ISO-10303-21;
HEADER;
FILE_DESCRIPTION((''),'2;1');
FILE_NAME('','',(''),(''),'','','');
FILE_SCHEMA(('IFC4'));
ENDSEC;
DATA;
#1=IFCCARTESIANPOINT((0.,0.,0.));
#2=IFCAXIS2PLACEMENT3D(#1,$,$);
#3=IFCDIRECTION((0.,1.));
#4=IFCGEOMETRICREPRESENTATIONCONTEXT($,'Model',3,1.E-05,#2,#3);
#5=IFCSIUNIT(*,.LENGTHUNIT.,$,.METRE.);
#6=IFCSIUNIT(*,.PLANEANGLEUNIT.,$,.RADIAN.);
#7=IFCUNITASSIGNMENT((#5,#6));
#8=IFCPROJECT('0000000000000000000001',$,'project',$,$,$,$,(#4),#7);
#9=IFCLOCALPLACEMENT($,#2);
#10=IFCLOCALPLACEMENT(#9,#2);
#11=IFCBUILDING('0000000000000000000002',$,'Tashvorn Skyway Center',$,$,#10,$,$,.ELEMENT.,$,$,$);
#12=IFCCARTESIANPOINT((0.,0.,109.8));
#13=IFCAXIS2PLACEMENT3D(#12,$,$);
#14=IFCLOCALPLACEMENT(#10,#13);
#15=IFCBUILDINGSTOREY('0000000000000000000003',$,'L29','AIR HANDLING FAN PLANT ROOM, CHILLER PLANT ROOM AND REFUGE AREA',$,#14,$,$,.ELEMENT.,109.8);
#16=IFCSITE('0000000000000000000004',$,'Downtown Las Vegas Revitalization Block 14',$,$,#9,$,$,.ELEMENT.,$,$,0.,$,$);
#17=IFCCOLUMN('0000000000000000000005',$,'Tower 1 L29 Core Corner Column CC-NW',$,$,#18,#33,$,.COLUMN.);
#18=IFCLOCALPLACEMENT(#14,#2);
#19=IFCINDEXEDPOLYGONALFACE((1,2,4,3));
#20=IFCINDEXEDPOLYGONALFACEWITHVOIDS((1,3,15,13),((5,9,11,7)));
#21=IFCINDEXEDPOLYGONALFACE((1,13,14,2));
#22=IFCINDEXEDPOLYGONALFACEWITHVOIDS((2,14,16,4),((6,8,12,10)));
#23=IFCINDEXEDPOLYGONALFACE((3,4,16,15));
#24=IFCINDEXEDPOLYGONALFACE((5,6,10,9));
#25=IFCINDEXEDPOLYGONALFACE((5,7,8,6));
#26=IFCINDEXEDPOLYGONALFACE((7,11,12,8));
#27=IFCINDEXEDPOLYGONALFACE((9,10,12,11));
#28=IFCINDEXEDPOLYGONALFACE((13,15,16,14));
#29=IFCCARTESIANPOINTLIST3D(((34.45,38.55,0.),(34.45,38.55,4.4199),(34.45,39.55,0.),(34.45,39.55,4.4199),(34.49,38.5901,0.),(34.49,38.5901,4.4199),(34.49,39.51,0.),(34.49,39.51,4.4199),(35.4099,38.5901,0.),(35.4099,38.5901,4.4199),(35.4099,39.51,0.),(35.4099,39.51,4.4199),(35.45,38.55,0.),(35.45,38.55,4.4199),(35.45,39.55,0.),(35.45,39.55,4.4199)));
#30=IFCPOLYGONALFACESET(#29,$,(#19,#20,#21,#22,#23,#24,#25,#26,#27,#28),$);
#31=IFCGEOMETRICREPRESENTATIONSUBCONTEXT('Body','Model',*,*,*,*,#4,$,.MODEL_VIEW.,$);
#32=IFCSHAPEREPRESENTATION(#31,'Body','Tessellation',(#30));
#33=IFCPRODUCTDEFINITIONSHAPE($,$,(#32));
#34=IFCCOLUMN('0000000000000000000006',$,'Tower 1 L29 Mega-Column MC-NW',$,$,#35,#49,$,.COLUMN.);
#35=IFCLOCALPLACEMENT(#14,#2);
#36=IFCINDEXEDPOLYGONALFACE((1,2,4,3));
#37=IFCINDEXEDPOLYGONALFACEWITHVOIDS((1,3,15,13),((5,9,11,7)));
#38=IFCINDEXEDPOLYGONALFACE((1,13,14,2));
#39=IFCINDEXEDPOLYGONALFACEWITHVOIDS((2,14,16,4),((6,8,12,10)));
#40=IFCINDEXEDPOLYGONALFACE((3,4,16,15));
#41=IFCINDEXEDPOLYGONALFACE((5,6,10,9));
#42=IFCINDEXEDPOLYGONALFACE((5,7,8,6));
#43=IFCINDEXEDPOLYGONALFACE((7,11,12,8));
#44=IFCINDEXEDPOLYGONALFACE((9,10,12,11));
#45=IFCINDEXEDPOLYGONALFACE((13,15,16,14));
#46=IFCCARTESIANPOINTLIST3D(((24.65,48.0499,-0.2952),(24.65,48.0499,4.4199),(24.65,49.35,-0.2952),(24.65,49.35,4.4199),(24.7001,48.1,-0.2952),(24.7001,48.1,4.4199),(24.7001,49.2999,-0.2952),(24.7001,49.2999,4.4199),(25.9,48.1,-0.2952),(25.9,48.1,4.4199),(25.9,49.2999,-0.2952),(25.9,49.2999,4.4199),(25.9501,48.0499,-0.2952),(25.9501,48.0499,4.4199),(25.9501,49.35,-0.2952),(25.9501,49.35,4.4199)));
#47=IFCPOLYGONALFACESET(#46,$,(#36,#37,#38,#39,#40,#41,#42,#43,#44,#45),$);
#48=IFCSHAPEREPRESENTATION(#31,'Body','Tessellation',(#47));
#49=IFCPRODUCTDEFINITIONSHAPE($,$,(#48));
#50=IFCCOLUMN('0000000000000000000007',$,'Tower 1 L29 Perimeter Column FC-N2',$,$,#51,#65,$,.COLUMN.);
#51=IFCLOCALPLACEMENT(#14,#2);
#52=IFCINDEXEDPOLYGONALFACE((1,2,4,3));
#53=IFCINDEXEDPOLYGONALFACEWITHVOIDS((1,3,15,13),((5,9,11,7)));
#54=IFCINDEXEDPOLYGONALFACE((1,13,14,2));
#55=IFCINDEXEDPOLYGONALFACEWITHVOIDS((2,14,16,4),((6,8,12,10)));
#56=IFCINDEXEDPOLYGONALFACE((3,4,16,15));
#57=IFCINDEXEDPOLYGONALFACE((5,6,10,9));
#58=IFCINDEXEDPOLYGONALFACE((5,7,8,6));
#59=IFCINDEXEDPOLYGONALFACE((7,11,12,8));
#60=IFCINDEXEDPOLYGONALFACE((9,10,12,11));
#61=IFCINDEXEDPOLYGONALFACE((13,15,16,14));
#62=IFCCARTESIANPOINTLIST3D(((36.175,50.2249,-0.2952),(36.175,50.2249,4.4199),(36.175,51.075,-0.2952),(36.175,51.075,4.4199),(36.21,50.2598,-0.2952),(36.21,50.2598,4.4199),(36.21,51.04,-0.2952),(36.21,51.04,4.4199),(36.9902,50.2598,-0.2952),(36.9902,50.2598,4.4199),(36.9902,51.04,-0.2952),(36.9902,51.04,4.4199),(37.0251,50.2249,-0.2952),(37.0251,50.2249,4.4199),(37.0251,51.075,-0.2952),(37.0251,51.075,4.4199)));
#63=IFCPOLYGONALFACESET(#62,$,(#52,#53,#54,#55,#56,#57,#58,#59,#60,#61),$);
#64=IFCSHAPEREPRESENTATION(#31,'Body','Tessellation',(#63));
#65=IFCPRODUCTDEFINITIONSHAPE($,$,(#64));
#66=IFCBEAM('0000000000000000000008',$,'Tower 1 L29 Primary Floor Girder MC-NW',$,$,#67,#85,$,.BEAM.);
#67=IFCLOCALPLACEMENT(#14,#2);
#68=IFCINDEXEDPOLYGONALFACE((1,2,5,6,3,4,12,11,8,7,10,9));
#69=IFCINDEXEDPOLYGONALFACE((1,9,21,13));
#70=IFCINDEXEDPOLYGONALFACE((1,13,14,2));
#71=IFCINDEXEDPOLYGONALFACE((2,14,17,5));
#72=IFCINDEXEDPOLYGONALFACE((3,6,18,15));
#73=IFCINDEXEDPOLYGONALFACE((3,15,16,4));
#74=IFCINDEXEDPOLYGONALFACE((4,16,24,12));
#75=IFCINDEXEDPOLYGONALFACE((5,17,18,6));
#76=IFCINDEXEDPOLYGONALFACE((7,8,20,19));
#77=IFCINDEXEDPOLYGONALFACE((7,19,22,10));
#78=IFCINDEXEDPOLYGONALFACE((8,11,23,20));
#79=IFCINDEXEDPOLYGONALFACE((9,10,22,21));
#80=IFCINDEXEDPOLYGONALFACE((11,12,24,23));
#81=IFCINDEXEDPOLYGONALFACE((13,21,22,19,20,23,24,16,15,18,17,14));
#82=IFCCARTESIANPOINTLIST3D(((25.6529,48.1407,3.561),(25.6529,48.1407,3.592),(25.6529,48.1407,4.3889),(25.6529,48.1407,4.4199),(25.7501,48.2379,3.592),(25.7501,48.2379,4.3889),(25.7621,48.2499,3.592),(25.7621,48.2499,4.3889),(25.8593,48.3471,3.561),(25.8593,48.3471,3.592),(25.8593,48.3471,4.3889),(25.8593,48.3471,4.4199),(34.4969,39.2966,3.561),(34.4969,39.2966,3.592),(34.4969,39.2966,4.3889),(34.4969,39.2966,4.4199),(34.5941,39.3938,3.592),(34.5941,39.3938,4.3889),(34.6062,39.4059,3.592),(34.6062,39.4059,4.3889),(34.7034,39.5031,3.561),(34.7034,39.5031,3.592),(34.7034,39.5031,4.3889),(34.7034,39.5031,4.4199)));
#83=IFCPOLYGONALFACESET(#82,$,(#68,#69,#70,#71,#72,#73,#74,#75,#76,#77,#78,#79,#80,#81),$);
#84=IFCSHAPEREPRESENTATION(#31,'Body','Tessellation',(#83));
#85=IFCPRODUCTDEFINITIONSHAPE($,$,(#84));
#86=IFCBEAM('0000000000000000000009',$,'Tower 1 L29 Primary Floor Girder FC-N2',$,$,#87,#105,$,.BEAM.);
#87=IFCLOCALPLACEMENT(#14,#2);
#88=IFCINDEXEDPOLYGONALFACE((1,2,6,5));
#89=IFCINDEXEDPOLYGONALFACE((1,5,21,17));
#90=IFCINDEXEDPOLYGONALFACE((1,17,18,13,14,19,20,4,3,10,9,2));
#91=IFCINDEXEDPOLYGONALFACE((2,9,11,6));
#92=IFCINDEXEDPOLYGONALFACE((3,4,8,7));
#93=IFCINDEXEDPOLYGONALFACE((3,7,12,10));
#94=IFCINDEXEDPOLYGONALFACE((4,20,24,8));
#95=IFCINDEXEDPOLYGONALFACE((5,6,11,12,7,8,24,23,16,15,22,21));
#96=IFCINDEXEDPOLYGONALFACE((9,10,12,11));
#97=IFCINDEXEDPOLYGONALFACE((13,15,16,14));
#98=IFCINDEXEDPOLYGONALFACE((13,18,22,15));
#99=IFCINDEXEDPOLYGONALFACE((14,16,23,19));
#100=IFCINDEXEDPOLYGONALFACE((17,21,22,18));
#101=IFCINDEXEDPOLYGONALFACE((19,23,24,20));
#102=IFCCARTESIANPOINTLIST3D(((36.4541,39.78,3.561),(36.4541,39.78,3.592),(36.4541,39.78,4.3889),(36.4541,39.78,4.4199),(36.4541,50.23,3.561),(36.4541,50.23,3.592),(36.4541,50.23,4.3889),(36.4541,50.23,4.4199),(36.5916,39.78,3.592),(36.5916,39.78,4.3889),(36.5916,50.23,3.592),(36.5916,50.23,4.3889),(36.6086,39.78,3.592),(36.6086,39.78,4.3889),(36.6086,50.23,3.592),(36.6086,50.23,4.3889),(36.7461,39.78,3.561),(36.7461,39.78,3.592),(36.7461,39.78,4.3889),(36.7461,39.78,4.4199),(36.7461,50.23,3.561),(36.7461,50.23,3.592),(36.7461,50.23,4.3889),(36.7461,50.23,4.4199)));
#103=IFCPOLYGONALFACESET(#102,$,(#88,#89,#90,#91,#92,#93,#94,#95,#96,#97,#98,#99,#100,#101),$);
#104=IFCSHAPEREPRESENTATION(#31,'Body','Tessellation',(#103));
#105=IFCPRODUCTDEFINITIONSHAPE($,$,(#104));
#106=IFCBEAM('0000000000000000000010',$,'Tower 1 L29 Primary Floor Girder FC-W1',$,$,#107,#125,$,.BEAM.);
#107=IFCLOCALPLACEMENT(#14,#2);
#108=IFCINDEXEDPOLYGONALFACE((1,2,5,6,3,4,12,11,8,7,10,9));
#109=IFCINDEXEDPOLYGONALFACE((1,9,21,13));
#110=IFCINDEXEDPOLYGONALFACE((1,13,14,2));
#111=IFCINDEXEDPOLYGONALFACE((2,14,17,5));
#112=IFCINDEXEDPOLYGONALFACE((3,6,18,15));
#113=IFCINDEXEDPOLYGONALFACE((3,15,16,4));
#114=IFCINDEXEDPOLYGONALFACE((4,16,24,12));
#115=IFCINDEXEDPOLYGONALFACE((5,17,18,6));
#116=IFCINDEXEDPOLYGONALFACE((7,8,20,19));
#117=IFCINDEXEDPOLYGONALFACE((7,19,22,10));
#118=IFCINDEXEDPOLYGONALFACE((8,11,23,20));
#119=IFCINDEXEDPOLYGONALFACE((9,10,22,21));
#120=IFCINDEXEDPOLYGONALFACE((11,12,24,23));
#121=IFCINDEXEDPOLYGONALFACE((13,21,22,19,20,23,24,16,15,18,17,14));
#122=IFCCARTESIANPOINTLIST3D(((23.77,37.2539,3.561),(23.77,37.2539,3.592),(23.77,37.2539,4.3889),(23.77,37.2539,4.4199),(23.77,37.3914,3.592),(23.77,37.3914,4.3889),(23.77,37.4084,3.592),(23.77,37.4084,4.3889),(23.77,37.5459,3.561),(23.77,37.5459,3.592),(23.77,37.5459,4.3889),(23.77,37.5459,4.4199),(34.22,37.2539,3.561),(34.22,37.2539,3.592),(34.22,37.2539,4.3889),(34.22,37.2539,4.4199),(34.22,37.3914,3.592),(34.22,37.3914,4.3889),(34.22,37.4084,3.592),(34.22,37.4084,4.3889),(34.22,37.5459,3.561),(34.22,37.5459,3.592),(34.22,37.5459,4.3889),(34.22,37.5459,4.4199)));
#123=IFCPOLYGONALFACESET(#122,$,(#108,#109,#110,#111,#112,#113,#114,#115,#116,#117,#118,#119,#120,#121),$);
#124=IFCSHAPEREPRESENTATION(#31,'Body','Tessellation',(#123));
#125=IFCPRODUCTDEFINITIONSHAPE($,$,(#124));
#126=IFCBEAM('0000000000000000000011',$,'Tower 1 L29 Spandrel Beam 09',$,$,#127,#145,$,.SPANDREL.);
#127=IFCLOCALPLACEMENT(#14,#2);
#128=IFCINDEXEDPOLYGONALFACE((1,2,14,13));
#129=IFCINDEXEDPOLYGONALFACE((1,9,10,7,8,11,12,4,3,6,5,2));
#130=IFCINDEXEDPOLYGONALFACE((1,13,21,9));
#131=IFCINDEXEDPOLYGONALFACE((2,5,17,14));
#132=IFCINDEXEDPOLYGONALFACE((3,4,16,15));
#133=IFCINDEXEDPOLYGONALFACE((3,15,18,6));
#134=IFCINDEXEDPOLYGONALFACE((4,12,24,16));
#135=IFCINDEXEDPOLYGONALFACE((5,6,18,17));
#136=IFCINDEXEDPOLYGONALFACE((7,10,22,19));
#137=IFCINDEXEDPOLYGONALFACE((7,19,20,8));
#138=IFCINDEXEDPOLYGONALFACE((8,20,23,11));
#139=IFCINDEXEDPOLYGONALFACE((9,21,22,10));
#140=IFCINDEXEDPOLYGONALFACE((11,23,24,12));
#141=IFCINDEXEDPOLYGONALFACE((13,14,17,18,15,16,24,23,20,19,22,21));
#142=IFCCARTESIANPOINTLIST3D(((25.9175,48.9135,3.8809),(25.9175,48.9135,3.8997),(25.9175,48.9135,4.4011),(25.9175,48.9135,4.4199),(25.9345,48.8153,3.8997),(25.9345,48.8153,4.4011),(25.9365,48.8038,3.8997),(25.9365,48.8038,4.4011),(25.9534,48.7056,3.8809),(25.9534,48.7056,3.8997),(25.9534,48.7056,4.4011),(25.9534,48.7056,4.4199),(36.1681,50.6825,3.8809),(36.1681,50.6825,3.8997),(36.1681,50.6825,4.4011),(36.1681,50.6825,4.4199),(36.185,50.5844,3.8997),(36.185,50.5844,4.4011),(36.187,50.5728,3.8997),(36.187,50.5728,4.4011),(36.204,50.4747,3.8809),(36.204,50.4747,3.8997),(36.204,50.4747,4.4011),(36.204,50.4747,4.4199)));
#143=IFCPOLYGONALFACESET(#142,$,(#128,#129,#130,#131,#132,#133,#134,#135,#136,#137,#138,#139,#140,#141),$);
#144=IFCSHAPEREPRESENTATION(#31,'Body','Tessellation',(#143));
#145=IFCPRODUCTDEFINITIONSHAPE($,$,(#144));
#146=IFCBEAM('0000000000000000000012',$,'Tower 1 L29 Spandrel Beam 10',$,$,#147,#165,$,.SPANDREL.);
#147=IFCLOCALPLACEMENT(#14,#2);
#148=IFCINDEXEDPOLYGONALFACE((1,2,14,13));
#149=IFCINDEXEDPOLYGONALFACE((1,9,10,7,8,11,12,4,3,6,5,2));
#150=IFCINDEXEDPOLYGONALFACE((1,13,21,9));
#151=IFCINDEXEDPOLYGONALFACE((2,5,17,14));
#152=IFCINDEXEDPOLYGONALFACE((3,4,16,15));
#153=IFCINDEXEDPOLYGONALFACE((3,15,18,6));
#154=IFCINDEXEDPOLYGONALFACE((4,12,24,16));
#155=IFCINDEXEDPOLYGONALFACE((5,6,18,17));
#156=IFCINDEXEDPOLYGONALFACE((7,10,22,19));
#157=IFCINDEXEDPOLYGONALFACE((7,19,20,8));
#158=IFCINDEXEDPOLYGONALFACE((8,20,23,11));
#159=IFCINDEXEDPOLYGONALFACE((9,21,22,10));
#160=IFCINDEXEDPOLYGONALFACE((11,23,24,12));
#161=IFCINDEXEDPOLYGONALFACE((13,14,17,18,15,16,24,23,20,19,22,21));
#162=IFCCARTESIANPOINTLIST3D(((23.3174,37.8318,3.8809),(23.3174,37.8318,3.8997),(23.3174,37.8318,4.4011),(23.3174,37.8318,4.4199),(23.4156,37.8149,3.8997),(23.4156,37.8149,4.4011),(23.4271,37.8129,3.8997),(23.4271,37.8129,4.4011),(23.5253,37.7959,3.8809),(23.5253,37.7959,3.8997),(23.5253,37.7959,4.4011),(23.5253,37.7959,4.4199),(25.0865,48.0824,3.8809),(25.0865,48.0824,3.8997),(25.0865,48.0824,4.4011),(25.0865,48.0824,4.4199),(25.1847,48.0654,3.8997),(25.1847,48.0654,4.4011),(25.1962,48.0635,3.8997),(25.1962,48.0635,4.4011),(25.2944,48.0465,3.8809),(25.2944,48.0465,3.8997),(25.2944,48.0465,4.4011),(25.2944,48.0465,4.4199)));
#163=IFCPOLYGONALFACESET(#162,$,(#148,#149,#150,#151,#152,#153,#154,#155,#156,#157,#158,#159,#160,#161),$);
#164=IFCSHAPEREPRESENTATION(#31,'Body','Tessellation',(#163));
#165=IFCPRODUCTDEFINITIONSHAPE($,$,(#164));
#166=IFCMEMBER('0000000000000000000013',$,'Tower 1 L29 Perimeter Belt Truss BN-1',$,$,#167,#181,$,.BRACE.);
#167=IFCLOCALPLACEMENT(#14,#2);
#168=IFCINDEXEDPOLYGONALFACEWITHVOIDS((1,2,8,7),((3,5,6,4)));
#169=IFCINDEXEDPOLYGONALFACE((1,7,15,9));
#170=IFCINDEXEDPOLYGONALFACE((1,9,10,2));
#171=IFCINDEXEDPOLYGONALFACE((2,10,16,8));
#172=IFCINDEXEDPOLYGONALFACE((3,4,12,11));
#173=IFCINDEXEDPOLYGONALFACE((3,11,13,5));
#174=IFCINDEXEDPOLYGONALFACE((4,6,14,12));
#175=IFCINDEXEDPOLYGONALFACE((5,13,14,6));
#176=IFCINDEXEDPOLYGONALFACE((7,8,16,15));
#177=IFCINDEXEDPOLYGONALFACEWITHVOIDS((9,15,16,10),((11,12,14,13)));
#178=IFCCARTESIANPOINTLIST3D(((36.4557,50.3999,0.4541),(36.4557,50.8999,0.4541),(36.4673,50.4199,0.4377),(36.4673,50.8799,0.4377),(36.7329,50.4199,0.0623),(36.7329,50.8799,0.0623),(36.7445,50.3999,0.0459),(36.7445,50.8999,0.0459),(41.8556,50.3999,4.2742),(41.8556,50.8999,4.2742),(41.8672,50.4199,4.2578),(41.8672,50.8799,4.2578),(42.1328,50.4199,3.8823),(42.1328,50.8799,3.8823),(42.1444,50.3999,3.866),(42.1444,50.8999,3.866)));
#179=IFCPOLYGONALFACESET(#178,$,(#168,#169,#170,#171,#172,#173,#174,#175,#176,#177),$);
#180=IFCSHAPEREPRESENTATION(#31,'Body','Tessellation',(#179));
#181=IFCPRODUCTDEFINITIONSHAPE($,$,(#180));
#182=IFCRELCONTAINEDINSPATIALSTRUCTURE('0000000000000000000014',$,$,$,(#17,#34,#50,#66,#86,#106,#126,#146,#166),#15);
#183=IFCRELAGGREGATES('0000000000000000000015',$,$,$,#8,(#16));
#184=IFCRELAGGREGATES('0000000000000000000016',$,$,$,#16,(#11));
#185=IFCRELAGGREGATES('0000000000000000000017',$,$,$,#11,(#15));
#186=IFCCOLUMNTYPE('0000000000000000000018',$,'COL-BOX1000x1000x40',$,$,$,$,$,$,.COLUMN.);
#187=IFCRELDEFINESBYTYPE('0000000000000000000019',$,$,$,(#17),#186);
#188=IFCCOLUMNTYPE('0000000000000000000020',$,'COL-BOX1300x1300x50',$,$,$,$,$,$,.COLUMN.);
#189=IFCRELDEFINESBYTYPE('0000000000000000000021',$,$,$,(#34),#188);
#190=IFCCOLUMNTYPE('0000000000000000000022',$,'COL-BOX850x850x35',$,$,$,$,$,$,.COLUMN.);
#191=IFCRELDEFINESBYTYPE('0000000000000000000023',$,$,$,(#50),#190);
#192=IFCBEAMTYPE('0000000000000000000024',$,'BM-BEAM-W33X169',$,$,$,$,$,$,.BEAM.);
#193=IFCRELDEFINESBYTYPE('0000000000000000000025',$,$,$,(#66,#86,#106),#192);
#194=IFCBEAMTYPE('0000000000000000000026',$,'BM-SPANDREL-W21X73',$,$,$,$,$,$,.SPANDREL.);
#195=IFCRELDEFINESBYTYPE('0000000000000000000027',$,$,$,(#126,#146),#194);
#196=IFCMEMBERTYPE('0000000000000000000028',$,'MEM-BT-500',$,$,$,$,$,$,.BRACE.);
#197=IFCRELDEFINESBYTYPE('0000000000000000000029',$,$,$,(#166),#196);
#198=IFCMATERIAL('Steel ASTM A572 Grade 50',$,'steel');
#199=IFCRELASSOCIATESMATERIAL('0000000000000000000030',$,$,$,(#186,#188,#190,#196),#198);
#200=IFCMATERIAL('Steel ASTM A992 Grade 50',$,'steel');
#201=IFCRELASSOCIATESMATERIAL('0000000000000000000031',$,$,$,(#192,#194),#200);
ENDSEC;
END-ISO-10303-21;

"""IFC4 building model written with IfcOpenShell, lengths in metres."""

from ifc_helpers import new_model, si_unit, direction, frame, origin, origin_2d, place, context, subcontext, project, spatial, hollow_rectangle, i_section, extrude, material, material_profile, profile_set, type_object, element, save


model = new_model("IFC4")

# Units and contexts
model_context = context("Model", 3, precision=1e-05, world=origin(), true_north=direction((0.0, 1.0)))
body_context = subcontext(model_context, "Body", "Model", "MODEL_VIEW")
ifc_project = project(units=[si_unit("LENGTHUNIT", "METRE"), si_unit("PLANEANGLEUNIT", "RADIAN")], contexts=[model_context])

# Site, building, storey
site_placement = place(None, origin())
site = spatial("IfcSite", under=ifc_project, at=site_placement, Name="Downtown Las Vegas Revitalization Block 14", CompositionType="ELEMENT", RefElevation=0.0)
building_placement = place(site_placement, origin())
building = spatial("IfcBuilding", under=site, at=building_placement, Name="Tashvorn Skyway Center", CompositionType="ELEMENT")
storey_placement = place(building_placement, frame((0.0, 0.0, 109.8)))
storey = spatial("IfcBuildingStorey", under=building, at=storey_placement, Name="L29", Description="AIR HANDLING FAN PLANT ROOM, CHILLER PLANT ROOM AND REFUGE AREA", CompositionType="ELEMENT", Elevation=109.8)

# Columns
ifc_material_1 = material(Name="Steel ASTM A572 Grade 50", Category="steel")
ifc_material_profile_1 = material_profile(ifc_material_1, hollow_rectangle(XDim=1.0, YDim=1.0, WallThickness=0.04, at=origin_2d()), Name="BOX1000x1000x40")
ifc_profile_set_1 = profile_set([ifc_material_profile_1], Name="Steel ASTM A572 Grade 50")
column_type_1 = type_object("IfcColumnType", Name="COL-BOX1000x1000x40", PredefinedType="COLUMN", material=ifc_profile_set_1)
column_1_placement = place(storey_placement, frame((34.95, 39.05, 0.0), z_axis=(0.0, 0.0, 1.0), x_axis=(1.0, 0.0, 0.0)))
element("IfcColumn", 1, at=column_1_placement, inside=storey, type_object=column_type_1, Name="Tower 1 L29 Core Corner Column CC-NW", PredefinedType="COLUMN", context=body_context, shape_type="SweptSolid", body=[
    extrude(hollow_rectangle(XDim=1.0, YDim=1.0, WallThickness=0.04, at=origin_2d()), origin(), (0.0, 0.0, 1.0), 4.4199),
])
ifc_material_profile_2 = material_profile(ifc_material_1, hollow_rectangle(XDim=1.3, YDim=1.3, WallThickness=0.05, at=origin_2d()), Name="BOX1300x1300x50")
ifc_profile_set_2 = profile_set([ifc_material_profile_2], Name="Steel ASTM A572 Grade 50")
column_type_2 = type_object("IfcColumnType", Name="COL-BOX1300x1300x50", PredefinedType="COLUMN", material=ifc_profile_set_2)
column_2_placement = place(storey_placement, frame((25.3, 48.7, -0.2952), z_axis=(0.0, 0.0, 1.0), x_axis=(1.0, 0.0, 0.0)))
element("IfcColumn", 2, at=column_2_placement, inside=storey, type_object=column_type_2, Name="Tower 1 L29 Mega-Column MC-NW", PredefinedType="COLUMN", context=body_context, shape_type="SweptSolid", body=[
    extrude(hollow_rectangle(XDim=1.3, YDim=1.3, WallThickness=0.05, at=origin_2d()), origin(), (0.0, 0.0, 1.0), 4.7151),
])
ifc_material_profile_3 = material_profile(ifc_material_1, hollow_rectangle(XDim=0.8501, YDim=0.8501, WallThickness=0.0349, at=origin_2d()), Name="BOX850x850x35")
ifc_profile_set_3 = profile_set([ifc_material_profile_3], Name="Steel ASTM A572 Grade 50")
column_type_3 = type_object("IfcColumnType", Name="COL-BOX850x850x35", PredefinedType="COLUMN", material=ifc_profile_set_3)
column_3_placement = place(storey_placement, frame((36.6001, 50.6499, -0.2952), z_axis=(0.0, 0.0, 1.0), x_axis=(1.0, 0.0, 0.0)))
element("IfcColumn", 3, at=column_3_placement, inside=storey, type_object=column_type_3, Name="Tower 1 L29 Perimeter Column FC-N2", PredefinedType="COLUMN", context=body_context, shape_type="SweptSolid", body=[
    extrude(hollow_rectangle(XDim=0.8501, YDim=0.8501, WallThickness=0.0349, at=origin_2d()), origin(), (0.0, 0.0, 1.0), 4.7151),
])

# Beams
ifc_material_2 = material(Name="Steel ASTM A992 Grade 50", Category="steel")
ifc_material_profile_4 = material_profile(ifc_material_2, i_section(OverallWidth=0.292, OverallDepth=0.8589, WebThickness=0.0171, FlangeThickness=0.031, at=origin_2d()), Name="W33X169")
ifc_profile_set_4 = profile_set([ifc_material_profile_4], Name="Steel ASTM A992 Grade 50")
beam_type_1 = type_object("IfcBeamType", Name="BM-BEAM-W33X169", PredefinedType="BEAM", material=ifc_profile_set_4)
beam_placement = place(storey_placement, frame((25.7561, 48.2439, 3.9905), z_axis=(0.707107, -0.707107, 0.0), x_axis=(0.707107, 0.707107, 0.0)))
element("IfcBeam", 4, at=beam_placement, inside=storey, type_object=beam_type_1, Name="Tower 1 L29 Primary Floor Girder MC-NW", PredefinedType="BEAM", context=body_context, shape_type="SweptSolid", body=[
    extrude(i_section(OverallWidth=0.292, OverallDepth=0.8589, WebThickness=0.0171, FlangeThickness=0.031, at=origin_2d()), origin(), (0.0, 0.0, 1.0), 12.5073),
])
for number, where, z_axis, x_axis, name in (
    (5, (36.6001, 50.23, 3.9905), (0.0, -1.0, 0.0), (1.0, 0.0, 0.0), "Tower 1 L29 Primary Floor Girder FC-N2"),
    (6, (23.77, 37.3999, 3.9905), (1.0, 0.0, 0.0), (0.0, 1.0, 0.0), "Tower 1 L29 Primary Floor Girder FC-W1"),
):
    element("IfcBeam", number, at=place(storey_placement, frame(where, z_axis=z_axis, x_axis=x_axis)), inside=storey, type_object=beam_type_1, Name=name, PredefinedType="BEAM", context=body_context, shape_type="SweptSolid", body=[
        extrude(i_section(OverallWidth=0.292, OverallDepth=0.8589, WebThickness=0.0171, FlangeThickness=0.031, at=origin_2d()), origin(), (0.0, 0.0, 1.0), 10.45),
    ])
ifc_material_profile_5 = material_profile(ifc_material_2, i_section(OverallWidth=0.2109, OverallDepth=0.5391, WebThickness=0.0117, FlangeThickness=0.0188, at=origin_2d()), Name="W21X73")
ifc_profile_set_5 = profile_set([ifc_material_profile_5], Name="Steel ASTM A992 Grade 50")
beam_type_2 = type_object("IfcBeamType", Name="BM-SPANDREL-W21X73", PredefinedType="SPANDREL", material=ifc_profile_set_5)
for number, where, z_axis, x_axis, name in (
    (7, (36.186, 50.5786, 4.1504), (-0.985432, -0.170067, 0.0), (0.170067, -0.985432, 0.0), "Tower 1 L29 Spandrel Beam 09"),
    (8, (25.1904, 48.0645, 4.1504), (-0.170067, -0.985432, 0.0), (0.985432, -0.170067, 0.0), "Tower 1 L29 Spandrel Beam 10"),
):
    element("IfcBeam", number, at=place(storey_placement, frame(where, z_axis=z_axis, x_axis=x_axis)), inside=storey, type_object=beam_type_2, Name=name, PredefinedType="SPANDREL", context=body_context, shape_type="SweptSolid", body=[
        extrude(i_section(OverallWidth=0.2109, OverallDepth=0.5391, WebThickness=0.0117, FlangeThickness=0.0188, at=origin_2d()), origin(), (0.0, 0.0, 1.0), 10.4021),
    ])

# Member
ifc_material_profile_6 = material_profile(ifc_material_1, hollow_rectangle(XDim=0.5, YDim=0.5, WallThickness=0.02, at=origin_2d()), Name="HSS500x500x20")
ifc_profile_set_6 = profile_set([ifc_material_profile_6], Name="Steel ASTM A572 Grade 50")
member_type_1 = type_object("IfcMemberType", Name="MEM-BT-500", PredefinedType="BRACE", material=ifc_profile_set_6)
member_1_placement = place(storey_placement, frame((36.6001, 50.6499, 0.25), z_axis=(0.816371, 0.0, 0.577528), x_axis=(0.0, 1.0, 0.0)))
element("IfcMember", 9, at=member_1_placement, inside=storey, type_object=member_type_1, Name="Tower 1 L29 Perimeter Belt Truss BN-1", PredefinedType="BRACE", context=body_context, shape_type="SweptSolid", body=[
    extrude(hollow_rectangle(XDim=0.5, YDim=0.5, WallThickness=0.02, at=origin_2d()), origin(), (0.0, 0.0, 1.0), 6.6145),
])

save(model, "model.ifc")
